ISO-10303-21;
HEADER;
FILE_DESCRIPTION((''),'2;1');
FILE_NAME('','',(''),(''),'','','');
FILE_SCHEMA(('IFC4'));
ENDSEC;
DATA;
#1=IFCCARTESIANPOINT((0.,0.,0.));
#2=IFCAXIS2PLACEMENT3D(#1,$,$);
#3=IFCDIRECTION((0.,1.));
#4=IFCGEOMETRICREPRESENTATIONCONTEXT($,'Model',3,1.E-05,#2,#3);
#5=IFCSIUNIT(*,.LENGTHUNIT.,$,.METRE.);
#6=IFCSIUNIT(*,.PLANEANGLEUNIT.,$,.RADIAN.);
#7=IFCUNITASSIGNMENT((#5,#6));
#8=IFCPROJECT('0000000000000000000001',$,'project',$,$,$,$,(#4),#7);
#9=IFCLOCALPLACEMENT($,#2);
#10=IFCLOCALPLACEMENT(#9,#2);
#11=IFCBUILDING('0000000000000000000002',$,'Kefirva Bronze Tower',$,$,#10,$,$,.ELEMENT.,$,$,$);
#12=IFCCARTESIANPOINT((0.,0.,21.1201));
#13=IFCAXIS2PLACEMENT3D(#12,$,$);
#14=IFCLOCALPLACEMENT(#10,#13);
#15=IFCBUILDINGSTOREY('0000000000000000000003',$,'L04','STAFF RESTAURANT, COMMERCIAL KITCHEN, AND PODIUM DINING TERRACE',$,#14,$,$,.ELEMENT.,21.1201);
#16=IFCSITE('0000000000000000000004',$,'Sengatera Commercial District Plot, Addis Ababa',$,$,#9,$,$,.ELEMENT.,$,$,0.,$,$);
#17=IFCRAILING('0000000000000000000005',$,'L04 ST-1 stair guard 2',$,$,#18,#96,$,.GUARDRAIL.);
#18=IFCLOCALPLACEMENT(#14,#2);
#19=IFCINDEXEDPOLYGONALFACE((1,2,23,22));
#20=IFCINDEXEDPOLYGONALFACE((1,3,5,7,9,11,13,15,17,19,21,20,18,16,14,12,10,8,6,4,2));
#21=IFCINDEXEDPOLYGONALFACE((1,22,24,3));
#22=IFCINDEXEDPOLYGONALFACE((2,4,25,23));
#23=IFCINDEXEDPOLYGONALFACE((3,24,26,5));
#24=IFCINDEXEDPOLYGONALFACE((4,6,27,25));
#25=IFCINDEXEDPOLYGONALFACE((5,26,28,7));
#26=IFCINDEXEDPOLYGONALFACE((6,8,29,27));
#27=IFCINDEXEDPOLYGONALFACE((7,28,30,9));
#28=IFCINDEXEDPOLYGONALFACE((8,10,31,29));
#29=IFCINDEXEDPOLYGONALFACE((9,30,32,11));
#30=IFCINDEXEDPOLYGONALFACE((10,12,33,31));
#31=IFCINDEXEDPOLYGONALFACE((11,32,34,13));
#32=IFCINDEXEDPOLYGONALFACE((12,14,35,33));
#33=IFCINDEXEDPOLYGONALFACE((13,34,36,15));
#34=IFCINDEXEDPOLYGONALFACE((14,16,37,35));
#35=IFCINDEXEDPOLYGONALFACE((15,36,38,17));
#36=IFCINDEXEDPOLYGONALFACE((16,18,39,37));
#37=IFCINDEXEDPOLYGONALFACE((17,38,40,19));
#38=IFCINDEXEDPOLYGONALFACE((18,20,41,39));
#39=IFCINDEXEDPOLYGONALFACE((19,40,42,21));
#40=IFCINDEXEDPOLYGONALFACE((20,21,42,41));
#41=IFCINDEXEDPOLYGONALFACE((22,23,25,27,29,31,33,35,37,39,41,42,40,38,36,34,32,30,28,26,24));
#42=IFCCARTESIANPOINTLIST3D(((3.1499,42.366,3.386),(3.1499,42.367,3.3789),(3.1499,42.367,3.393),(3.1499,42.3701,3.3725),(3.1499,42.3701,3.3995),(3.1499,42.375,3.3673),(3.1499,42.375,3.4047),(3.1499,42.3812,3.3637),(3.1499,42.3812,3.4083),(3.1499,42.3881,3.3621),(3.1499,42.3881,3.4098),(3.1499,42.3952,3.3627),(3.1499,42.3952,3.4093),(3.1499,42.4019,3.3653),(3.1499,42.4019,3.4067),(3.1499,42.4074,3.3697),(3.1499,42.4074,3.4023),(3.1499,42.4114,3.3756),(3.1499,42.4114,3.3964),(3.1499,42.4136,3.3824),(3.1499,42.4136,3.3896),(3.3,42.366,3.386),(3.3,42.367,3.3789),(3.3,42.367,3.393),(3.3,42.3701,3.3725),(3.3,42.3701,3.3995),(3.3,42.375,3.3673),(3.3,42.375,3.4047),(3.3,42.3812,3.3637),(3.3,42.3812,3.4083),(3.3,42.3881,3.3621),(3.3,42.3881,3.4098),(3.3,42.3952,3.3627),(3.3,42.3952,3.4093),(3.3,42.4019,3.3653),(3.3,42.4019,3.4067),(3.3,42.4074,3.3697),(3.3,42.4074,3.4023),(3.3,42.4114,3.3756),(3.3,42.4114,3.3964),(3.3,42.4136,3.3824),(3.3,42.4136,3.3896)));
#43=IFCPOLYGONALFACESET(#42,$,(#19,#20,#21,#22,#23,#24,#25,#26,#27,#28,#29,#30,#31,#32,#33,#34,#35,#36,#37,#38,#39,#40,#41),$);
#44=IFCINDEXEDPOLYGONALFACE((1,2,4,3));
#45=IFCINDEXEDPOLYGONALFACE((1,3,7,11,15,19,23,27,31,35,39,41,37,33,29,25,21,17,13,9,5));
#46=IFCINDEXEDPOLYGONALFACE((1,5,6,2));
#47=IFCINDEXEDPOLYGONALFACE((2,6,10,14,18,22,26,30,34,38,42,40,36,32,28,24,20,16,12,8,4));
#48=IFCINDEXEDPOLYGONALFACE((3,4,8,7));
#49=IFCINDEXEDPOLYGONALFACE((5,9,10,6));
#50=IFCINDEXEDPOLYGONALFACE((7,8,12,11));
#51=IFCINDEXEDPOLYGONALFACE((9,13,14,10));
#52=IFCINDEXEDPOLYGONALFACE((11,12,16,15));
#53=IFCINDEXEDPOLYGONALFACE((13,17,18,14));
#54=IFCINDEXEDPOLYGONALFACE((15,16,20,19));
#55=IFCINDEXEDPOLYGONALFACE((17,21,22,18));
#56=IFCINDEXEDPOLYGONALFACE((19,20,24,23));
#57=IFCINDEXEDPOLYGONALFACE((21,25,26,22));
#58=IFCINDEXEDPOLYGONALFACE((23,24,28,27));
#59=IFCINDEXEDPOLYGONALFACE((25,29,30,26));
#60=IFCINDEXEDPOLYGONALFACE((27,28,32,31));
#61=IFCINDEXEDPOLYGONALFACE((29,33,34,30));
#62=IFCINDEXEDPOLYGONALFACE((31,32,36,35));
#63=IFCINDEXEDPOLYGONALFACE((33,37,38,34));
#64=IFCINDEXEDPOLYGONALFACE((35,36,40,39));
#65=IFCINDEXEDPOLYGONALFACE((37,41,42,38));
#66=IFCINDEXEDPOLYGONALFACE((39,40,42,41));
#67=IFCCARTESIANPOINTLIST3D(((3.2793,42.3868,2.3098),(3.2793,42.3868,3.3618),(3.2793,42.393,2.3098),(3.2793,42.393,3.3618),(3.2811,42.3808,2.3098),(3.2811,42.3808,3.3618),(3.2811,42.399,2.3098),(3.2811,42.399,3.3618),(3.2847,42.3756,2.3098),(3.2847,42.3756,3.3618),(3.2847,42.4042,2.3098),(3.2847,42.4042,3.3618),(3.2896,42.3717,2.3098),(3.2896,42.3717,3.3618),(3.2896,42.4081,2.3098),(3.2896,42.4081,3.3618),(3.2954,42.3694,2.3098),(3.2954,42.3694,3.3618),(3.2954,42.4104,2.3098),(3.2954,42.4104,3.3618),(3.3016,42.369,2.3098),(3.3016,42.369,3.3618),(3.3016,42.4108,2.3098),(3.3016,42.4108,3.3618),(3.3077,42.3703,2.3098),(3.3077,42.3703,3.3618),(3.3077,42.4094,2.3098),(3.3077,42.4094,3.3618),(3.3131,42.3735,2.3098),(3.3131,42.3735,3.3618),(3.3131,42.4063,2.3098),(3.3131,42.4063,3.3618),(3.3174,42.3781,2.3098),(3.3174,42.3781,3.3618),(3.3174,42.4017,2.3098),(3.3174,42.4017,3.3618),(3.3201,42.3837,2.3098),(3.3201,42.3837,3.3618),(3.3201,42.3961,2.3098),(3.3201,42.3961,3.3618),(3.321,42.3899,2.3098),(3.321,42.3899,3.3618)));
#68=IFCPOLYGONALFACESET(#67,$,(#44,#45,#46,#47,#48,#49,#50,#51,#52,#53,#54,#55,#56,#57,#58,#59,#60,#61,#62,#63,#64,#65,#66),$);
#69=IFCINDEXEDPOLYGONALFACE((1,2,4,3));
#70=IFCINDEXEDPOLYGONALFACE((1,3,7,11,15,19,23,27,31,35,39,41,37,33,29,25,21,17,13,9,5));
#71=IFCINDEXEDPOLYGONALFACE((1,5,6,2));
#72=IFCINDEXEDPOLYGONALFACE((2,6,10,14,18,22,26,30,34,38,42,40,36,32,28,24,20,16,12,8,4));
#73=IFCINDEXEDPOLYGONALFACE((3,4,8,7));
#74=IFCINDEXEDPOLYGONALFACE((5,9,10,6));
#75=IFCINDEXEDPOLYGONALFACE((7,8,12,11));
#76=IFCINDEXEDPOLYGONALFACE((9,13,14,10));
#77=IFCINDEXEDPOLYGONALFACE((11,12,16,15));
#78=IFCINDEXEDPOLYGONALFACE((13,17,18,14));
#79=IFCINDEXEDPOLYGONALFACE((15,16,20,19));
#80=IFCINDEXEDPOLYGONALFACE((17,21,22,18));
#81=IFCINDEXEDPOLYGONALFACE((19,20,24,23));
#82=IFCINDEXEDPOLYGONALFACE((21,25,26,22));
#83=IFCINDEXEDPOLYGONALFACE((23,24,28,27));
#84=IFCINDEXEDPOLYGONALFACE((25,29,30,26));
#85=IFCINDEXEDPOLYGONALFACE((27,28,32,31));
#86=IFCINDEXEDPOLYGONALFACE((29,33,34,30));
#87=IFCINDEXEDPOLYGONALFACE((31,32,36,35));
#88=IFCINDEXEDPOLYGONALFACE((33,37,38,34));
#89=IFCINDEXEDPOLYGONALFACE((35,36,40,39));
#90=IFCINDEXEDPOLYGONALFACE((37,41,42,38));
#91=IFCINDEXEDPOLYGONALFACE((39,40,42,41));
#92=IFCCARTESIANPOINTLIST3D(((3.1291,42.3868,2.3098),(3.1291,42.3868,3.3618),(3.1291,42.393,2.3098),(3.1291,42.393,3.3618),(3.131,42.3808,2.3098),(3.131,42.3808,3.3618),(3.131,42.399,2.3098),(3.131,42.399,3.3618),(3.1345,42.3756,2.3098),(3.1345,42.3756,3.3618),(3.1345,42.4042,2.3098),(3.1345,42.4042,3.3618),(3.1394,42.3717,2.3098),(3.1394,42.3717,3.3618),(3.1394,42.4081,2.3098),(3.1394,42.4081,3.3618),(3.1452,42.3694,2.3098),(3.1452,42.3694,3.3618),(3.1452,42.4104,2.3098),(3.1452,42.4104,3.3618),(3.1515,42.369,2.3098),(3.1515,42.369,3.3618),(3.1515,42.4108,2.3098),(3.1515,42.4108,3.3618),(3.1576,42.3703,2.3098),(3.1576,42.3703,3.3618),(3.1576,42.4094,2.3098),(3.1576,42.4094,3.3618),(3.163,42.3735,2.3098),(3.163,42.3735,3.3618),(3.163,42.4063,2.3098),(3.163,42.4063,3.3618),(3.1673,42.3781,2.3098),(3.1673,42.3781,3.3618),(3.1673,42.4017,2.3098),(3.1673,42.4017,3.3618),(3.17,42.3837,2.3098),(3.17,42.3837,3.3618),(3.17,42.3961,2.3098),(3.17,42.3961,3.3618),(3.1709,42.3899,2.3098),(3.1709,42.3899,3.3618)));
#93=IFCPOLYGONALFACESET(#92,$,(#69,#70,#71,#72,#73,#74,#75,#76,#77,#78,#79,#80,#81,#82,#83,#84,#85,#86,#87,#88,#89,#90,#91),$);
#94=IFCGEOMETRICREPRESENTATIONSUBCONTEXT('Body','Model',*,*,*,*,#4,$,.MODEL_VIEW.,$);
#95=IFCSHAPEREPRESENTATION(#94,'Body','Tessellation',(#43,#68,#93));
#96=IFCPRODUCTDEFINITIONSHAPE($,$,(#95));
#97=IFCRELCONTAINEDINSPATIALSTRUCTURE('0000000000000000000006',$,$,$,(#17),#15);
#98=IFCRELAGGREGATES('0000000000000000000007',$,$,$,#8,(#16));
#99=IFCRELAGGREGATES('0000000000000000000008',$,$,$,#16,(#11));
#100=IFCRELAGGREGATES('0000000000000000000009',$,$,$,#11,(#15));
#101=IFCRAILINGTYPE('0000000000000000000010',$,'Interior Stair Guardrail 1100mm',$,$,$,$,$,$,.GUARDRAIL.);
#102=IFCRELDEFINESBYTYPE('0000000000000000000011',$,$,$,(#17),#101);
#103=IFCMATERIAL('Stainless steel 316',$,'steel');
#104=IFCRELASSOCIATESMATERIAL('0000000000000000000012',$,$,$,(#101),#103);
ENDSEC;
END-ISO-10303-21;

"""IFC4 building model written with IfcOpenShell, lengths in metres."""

from ifc_helpers import new_model, si_unit, direction, frame, origin, origin_2d, place, context, subcontext, project, spatial, circle, extrude, material, type_object, element, save


model = new_model("IFC4")

# Units and contexts
model_context = context("Model", 3, precision=1e-05, world=origin(), true_north=direction((0.0, 1.0)))
body_context = subcontext(model_context, "Body", "Model", "MODEL_VIEW")
ifc_project = project(units=[si_unit("LENGTHUNIT", "METRE"), si_unit("PLANEANGLEUNIT", "RADIAN")], contexts=[model_context])

# Site, building, storey
site_placement = place(None, origin())
site = spatial("IfcSite", under=ifc_project, at=site_placement, Name="Sengatera Commercial District Plot, Addis Ababa", CompositionType="ELEMENT", RefElevation=0.0)
building_placement = place(site_placement, origin())
building = spatial("IfcBuilding", under=site, at=building_placement, Name="Kefirva Bronze Tower", CompositionType="ELEMENT")
storey_placement = place(building_placement, frame((0.0, 0.0, 21.1201)))
storey = spatial("IfcBuildingStorey", under=building, at=storey_placement, Name="L04", Description="STAFF RESTAURANT, COMMERCIAL KITCHEN, AND PODIUM DINING TERRACE", CompositionType="ELEMENT", Elevation=21.1201)

# Shared definitions
ifc_material_1 = material(Name="Stainless steel 316", Category="steel")

# Railing
railing_type_1 = type_object("IfcRailingType", Name="Interior Stair Guardrail 1100mm", PredefinedType="GUARDRAIL", material=ifc_material_1)
railing_1_placement = place(storey_placement, frame((3.3, 42.3899, 2.3098)))
element("IfcRailing", 1, at=railing_1_placement, inside=storey, type_object=railing_type_1, Name="L04 ST-1 stair guard 2", PredefinedType="GUARDRAIL", context=body_context, shape_type="SweptSolid", body=[
    extrude(circle(Radius=0.0239, at=origin_2d()), frame((0.0, 0.0, 1.0762), z_axis=(-1.0, 0.0, 0.0), x_axis=(0.0, -1.0, 0.0)), (0.0, 0.0, 1.0), 0.1501),
    extrude(circle(Radius=0.021, at=origin_2d()), origin(), (0.0, 0.0, 1.0), 1.052),
    extrude(circle(Radius=0.021, at=origin_2d()), frame((-0.1501, 0.0, 0.0)), (0.0, 0.0, 1.0), 1.052),
])

save(model, "model.ifc")
